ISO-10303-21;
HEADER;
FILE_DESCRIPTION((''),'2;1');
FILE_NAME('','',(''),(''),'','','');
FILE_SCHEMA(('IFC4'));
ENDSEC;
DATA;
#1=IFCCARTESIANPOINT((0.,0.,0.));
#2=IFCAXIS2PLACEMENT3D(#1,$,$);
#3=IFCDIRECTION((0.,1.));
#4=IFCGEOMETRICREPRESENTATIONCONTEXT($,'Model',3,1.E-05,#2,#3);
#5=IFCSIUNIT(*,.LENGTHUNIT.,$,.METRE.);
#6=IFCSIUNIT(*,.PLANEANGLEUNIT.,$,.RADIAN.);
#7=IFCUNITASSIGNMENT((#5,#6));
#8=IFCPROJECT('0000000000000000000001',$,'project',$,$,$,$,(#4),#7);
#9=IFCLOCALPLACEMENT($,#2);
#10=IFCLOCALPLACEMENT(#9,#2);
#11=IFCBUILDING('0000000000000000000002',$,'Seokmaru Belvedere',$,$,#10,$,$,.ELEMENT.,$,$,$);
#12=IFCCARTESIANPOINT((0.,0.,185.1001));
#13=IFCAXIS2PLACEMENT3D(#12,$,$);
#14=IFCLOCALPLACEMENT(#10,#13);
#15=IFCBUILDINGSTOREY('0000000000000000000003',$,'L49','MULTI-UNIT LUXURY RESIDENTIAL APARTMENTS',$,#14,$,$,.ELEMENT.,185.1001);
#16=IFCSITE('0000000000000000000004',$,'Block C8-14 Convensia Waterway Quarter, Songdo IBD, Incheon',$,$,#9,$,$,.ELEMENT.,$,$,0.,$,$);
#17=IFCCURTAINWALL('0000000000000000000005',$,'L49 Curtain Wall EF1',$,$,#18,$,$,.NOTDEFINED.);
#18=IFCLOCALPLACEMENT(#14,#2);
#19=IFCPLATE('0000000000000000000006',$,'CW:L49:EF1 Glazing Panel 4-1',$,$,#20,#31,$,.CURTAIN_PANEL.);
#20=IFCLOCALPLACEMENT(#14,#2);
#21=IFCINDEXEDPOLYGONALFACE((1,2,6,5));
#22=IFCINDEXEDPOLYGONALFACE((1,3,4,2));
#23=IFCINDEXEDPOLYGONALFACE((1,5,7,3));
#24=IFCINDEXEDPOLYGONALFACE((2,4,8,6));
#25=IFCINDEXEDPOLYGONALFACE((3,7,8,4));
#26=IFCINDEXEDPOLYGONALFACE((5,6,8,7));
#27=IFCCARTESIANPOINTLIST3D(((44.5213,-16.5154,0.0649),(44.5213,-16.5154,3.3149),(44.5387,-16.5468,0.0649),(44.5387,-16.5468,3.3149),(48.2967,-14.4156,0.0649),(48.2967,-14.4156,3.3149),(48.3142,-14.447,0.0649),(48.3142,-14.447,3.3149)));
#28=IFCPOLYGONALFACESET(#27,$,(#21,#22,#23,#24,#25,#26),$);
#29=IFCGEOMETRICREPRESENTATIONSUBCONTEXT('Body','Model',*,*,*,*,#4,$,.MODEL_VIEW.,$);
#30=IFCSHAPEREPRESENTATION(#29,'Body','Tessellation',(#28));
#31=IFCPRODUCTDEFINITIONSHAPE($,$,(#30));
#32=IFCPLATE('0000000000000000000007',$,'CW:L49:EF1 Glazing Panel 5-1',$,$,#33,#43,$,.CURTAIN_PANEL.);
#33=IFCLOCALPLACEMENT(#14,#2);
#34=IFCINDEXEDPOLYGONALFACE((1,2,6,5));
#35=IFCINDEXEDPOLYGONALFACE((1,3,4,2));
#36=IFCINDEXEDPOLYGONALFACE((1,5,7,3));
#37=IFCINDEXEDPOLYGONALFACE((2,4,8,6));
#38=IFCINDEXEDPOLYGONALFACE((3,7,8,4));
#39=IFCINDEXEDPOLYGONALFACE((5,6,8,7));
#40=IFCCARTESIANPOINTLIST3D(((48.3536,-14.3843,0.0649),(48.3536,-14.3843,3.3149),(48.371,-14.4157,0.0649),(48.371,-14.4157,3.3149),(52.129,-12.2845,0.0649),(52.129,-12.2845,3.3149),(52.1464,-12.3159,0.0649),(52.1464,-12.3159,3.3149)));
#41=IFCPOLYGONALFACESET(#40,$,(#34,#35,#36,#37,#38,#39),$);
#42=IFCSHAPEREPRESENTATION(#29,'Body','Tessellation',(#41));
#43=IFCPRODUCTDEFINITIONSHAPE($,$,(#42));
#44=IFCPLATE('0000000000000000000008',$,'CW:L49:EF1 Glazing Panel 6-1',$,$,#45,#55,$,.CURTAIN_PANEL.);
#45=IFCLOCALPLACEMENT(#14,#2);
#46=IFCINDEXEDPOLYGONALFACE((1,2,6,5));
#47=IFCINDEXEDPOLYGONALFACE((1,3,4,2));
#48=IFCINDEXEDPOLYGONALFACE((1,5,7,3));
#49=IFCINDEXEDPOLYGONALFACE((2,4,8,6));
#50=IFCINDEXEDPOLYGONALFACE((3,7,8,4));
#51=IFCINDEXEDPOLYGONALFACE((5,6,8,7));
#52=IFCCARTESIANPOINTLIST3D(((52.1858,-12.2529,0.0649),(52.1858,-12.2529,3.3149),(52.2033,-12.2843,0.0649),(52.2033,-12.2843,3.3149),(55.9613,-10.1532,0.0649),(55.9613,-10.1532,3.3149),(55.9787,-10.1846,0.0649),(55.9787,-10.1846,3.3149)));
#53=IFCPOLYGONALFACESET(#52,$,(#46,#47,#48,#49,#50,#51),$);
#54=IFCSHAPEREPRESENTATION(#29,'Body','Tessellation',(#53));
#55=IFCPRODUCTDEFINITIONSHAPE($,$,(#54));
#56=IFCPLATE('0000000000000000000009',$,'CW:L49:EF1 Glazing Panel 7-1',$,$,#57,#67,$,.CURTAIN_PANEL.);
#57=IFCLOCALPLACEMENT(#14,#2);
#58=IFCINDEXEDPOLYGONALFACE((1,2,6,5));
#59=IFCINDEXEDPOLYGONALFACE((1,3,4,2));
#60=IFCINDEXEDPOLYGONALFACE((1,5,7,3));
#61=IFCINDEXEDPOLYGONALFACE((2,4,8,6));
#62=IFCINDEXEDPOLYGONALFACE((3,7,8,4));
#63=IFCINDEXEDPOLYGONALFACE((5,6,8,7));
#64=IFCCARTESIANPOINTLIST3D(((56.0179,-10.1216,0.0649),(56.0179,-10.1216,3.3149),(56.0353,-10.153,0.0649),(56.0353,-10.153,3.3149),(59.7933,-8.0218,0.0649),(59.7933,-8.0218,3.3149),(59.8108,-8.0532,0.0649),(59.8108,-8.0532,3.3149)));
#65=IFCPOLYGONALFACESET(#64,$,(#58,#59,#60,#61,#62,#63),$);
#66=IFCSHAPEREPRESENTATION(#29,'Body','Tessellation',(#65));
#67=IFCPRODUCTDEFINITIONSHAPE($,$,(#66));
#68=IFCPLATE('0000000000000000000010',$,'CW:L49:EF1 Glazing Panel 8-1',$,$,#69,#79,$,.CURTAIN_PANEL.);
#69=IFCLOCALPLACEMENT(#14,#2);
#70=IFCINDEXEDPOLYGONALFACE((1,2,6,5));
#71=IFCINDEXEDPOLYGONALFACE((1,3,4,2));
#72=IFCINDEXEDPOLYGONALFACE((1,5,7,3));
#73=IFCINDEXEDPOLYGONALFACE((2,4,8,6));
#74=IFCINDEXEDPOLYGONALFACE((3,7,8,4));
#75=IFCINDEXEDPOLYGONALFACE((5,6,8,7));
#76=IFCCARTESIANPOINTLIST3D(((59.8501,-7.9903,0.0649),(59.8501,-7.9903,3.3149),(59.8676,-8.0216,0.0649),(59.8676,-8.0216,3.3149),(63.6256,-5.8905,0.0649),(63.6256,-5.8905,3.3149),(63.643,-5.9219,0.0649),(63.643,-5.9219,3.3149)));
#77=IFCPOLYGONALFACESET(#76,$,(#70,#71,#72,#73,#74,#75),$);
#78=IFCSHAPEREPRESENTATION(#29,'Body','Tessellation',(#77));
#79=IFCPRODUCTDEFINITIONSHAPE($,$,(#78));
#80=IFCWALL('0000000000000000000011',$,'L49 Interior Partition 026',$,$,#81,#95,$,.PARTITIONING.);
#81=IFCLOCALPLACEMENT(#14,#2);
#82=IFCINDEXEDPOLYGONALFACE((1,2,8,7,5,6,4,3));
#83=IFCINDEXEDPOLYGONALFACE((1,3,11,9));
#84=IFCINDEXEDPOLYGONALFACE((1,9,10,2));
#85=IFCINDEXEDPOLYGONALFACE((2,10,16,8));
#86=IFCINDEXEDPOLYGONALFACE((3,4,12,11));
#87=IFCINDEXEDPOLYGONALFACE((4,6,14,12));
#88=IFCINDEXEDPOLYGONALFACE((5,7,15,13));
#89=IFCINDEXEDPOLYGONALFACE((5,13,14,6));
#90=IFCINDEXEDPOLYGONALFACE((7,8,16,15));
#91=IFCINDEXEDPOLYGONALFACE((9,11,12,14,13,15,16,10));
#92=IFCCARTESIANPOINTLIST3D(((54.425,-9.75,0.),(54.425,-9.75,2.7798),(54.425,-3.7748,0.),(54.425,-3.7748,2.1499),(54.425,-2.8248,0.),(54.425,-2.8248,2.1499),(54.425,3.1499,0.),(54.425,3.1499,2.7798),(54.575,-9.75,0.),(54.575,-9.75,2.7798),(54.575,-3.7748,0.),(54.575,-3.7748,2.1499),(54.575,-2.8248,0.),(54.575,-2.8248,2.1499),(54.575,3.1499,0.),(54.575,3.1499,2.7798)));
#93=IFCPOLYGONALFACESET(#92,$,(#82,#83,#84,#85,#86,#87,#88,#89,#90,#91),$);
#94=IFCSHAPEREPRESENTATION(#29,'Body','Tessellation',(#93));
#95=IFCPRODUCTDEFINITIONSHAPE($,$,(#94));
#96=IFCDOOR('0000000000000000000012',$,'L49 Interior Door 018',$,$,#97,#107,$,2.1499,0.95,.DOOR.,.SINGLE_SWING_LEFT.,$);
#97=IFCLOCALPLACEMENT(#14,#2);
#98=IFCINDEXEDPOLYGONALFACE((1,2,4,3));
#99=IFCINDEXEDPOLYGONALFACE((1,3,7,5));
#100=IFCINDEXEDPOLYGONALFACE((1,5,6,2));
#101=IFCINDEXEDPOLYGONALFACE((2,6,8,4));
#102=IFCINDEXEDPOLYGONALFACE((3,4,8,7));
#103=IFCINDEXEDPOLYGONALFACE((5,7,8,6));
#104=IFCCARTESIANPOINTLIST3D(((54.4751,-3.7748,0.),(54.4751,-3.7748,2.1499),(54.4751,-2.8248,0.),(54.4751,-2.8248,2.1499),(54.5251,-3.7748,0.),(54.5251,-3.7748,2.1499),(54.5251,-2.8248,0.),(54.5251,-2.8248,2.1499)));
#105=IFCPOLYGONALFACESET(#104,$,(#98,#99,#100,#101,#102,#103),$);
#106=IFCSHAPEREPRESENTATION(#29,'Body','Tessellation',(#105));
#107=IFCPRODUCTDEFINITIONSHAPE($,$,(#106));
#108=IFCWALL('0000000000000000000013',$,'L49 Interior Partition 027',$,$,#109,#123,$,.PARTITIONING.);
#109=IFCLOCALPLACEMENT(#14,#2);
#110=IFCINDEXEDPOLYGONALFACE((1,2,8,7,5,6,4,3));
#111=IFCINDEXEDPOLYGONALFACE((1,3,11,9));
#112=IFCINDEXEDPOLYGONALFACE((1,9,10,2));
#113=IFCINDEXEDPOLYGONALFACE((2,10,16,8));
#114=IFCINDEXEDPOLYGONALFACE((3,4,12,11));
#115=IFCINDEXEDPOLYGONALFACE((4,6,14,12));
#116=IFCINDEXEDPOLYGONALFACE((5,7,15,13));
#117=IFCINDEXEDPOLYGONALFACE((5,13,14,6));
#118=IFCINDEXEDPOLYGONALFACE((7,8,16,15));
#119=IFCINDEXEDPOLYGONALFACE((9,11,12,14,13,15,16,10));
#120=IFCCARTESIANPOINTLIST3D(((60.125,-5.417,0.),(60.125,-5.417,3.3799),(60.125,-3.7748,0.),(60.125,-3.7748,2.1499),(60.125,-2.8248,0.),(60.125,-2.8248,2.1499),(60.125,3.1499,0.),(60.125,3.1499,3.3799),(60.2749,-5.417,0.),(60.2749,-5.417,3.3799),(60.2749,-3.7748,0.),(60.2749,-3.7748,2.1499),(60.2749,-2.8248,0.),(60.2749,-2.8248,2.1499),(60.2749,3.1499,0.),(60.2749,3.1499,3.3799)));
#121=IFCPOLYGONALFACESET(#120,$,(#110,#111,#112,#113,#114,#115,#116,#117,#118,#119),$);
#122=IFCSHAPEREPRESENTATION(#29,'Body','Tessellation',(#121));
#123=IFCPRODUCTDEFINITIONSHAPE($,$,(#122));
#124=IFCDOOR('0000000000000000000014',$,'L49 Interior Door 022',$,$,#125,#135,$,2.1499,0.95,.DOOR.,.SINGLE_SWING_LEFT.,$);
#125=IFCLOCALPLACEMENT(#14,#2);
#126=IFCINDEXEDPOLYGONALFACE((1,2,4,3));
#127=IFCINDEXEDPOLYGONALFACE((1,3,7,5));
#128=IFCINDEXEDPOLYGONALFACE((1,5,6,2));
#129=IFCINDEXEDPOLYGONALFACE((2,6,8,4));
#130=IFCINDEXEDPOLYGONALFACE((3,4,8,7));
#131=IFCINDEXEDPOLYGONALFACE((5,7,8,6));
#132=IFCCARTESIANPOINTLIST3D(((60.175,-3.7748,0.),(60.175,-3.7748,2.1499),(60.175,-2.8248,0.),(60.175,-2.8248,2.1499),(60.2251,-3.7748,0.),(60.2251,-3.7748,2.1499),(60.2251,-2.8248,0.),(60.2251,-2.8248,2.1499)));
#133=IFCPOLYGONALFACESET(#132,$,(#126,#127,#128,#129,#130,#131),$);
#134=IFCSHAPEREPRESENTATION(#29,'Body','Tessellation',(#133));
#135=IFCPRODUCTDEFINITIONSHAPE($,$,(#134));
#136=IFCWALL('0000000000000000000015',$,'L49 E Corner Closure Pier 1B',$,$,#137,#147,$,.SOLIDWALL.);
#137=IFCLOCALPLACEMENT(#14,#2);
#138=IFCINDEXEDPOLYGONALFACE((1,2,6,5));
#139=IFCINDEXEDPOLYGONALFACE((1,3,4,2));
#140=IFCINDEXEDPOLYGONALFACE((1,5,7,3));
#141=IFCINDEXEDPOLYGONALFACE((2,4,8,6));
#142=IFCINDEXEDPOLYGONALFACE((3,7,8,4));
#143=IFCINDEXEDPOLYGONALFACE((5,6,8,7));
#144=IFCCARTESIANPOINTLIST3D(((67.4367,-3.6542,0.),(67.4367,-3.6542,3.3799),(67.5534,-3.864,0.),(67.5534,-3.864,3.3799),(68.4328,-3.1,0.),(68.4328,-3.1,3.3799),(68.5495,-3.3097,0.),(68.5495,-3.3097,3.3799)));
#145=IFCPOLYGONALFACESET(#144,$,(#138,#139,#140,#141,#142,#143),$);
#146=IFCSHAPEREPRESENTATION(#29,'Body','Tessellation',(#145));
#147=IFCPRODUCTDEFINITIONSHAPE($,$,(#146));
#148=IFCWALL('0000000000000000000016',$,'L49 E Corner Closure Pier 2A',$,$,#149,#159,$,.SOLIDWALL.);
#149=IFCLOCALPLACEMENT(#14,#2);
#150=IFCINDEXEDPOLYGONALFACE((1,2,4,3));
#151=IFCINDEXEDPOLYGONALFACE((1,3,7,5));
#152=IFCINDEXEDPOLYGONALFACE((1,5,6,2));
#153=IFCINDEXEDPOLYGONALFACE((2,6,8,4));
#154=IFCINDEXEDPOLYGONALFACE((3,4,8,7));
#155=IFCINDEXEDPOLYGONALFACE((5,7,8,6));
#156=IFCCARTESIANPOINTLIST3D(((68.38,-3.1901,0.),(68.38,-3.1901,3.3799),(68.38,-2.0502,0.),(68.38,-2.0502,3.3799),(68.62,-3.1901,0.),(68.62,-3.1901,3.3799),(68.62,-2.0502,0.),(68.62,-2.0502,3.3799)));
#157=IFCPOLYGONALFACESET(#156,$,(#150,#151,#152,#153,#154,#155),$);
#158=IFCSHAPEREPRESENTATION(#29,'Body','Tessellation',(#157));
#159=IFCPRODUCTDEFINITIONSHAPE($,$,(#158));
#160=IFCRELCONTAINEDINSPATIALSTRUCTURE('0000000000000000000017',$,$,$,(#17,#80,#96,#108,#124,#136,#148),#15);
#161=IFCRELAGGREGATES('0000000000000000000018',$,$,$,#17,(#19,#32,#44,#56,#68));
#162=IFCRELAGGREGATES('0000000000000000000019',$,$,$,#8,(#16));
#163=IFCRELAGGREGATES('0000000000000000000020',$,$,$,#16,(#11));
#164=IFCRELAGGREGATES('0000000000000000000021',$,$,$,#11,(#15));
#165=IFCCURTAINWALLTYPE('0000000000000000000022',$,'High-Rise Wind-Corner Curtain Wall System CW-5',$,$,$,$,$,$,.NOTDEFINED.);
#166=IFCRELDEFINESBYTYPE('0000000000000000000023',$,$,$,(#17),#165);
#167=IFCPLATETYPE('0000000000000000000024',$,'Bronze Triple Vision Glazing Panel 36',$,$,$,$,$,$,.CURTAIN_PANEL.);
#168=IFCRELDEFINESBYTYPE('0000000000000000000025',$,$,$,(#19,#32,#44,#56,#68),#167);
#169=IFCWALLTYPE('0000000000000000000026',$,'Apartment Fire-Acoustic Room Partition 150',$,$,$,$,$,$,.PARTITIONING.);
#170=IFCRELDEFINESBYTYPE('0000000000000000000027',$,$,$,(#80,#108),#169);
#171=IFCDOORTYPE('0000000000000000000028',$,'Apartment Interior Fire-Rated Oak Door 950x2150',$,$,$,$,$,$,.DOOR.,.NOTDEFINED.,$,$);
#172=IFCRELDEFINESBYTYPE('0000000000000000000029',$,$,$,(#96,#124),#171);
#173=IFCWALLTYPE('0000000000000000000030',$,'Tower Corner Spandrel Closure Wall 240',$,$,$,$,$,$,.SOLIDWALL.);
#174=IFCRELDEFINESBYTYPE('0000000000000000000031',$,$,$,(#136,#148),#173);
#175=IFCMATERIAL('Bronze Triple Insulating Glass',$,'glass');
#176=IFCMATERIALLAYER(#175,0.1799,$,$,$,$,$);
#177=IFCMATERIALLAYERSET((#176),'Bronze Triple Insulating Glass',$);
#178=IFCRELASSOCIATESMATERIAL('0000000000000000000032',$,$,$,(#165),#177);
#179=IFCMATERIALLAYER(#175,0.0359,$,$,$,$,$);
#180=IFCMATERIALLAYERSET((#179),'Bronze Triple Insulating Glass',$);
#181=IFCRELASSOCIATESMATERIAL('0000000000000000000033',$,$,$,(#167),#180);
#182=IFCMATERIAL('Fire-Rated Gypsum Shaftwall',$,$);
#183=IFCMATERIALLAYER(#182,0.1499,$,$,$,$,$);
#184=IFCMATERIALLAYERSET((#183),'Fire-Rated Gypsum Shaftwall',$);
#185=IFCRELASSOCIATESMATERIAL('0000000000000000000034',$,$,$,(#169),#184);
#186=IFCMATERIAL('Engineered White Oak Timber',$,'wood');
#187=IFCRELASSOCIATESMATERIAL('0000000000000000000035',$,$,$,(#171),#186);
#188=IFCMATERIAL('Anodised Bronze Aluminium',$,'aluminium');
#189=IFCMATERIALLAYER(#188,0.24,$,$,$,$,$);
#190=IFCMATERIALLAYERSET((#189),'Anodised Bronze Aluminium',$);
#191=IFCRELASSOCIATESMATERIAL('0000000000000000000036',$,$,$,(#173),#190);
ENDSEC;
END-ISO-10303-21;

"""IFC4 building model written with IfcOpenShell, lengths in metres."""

from ifc_helpers import new_model, si_unit, direction, frame, frame_2d, origin, origin_2d, place, context, subcontext, project, spatial, rectangle, extrude, source, transform, mapped, material, layer, layer_set, type_object, type_shapes, element, fill, aggregate, save


model = new_model("IFC4")

# Units and contexts
model_context = context("Model", 3, precision=1e-05, world=origin(), true_north=direction((0.0, 1.0)))
body_context = subcontext(model_context, "Body", "Model", "MODEL_VIEW")
ifc_project = project(units=[si_unit("LENGTHUNIT", "METRE"), si_unit("PLANEANGLEUNIT", "RADIAN")], contexts=[model_context])

# Site, building, storey
site_placement = place(None, origin())
site = spatial("IfcSite", under=ifc_project, at=site_placement, Name="Block C8-14 Convensia Waterway Quarter, Songdo IBD, Incheon", CompositionType="ELEMENT", RefElevation=0.0)
building_placement = place(site_placement, origin())
building = spatial("IfcBuilding", under=site, at=building_placement, Name="Seokmaru Belvedere", CompositionType="ELEMENT")
storey_placement = place(building_placement, frame((0.0, 0.0, 185.1001)))
storey = spatial("IfcBuildingStorey", under=building, at=storey_placement, Name="L49", Description="MULTI-UNIT LUXURY RESIDENTIAL APARTMENTS", CompositionType="ELEMENT", Elevation=185.1001)

# Curtain wall, plates
ifc_material_1 = material(Name="Bronze Triple Insulating Glass", Category="glass")
ifc_layer_1 = layer(ifc_material_1, 0.1799)
ifc_layer_set_1 = layer_set([ifc_layer_1], Name="Bronze Triple Insulating Glass")
curtain_wall_type = type_object("IfcCurtainWallType", Name="High-Rise Wind-Corner Curtain Wall System CW-5", PredefinedType="NOTDEFINED", material=ifc_layer_set_1)
curtain_wall_placement = place(storey_placement, origin())
curtain_wall = element("IfcCurtainWall", 1, at=curtain_wall_placement, inside=storey, type_object=curtain_wall_type, Name="L49 Curtain Wall EF1", PredefinedType="NOTDEFINED")
ifc_material_2 = material(Name="Anodised Bronze Aluminium", Category="aluminium")
ifc_layer_2 = layer(ifc_material_1, 0.0359)
ifc_layer_set_2 = layer_set([ifc_layer_2], Name="Bronze Triple Insulating Glass")
plate_type = type_object("IfcPlateType", Name="Bronze Triple Vision Glazing Panel 36", PredefinedType="CURTAIN_PANEL", material=ifc_layer_set_2)
shared_shape_1 = source(origin(), body_context, "Body", "SweptSolid", [
    extrude(rectangle(XDim=4.3201, YDim=0.0359, at=origin_2d()), origin(), (0.0, 0.0, 1.0), 3.25),
])
plate_1_placement = place(storey_placement, frame((46.4177, -15.4812, 0.0649), z_axis=(0.0, 0.0, 1.0), x_axis=(0.873933, 0.486047, 0.0)))
plate_1 = element("IfcPlate", 2, at=plate_1_placement, type_object=plate_type, Name="CW:L49:EF1 Glazing Panel 4-1", PredefinedType="CURTAIN_PANEL", context=body_context, shape_type="MappedRepresentation", body=[
    mapped(shared_shape_1, transform((0.0, 0.0, 0.0), scale=1.0)),
])
plate_2_placement = place(storey_placement, frame((50.25, -13.3501, 0.0649), z_axis=(0.0, 0.0, 1.0), x_axis=(0.873933, 0.486047, 0.0)))
plate_2 = element("IfcPlate", 3, at=plate_2_placement, type_object=plate_type, Name="CW:L49:EF1 Glazing Panel 5-1", PredefinedType="CURTAIN_PANEL", context=body_context, shape_type="MappedRepresentation", body=[
    mapped(shared_shape_1, transform((0.0, 0.0, 0.0), scale=1.0)),
])
plate_3_placement = place(storey_placement, frame((54.0823, -11.2188, 0.0649), z_axis=(0.0, 0.0, 1.0), x_axis=(0.873933, 0.486047, 0.0)))
plate_3 = element("IfcPlate", 4, at=plate_3_placement, type_object=plate_type, Name="CW:L49:EF1 Glazing Panel 6-1", PredefinedType="CURTAIN_PANEL", context=body_context, shape_type="MappedRepresentation", body=[
    mapped(shared_shape_1, transform((0.0, 0.0, 0.0), scale=1.0)),
])
plate_4_placement = place(storey_placement, frame((57.9143, -9.0874, 0.0649), z_axis=(0.0, 0.0, 1.0), x_axis=(0.873933, 0.486047, 0.0)))
plate_4 = element("IfcPlate", 5, at=plate_4_placement, type_object=plate_type, Name="CW:L49:EF1 Glazing Panel 7-1", PredefinedType="CURTAIN_PANEL", context=body_context, shape_type="MappedRepresentation", body=[
    mapped(shared_shape_1, transform((0.0, 0.0, 0.0), scale=1.0)),
])
plate_5_placement = place(storey_placement, frame((61.7466, -6.9561, 0.0649), z_axis=(0.0, 0.0, 1.0), x_axis=(0.873933, 0.486047, 0.0)))
plate_5 = element("IfcPlate", 6, at=plate_5_placement, type_object=plate_type, Name="CW:L49:EF1 Glazing Panel 8-1", PredefinedType="CURTAIN_PANEL", context=body_context, shape_type="MappedRepresentation", body=[
    mapped(shared_shape_1, transform((0.0, 0.0, 0.0), scale=1.0)),
])
aggregate(curtain_wall, [plate_1, plate_2, plate_3, plate_4, plate_5])

# Walls, openings, doors
ifc_material_3 = material(Name="Fire-Rated Gypsum Shaftwall")
ifc_layer_3 = layer(ifc_material_3, 0.1499)
ifc_layer_set_3 = layer_set([ifc_layer_3], Name="Fire-Rated Gypsum Shaftwall")
wall_type_1 = type_object("IfcWallType", Name="Apartment Fire-Acoustic Room Partition 150", PredefinedType="PARTITIONING", material=ifc_layer_set_3)
wall_1_placement = place(storey_placement, frame((54.5, -9.75, 0.0), z_axis=(0.0, 0.0, 1.0), x_axis=(0.0, 1.0, 0.0)))
wall_1 = element("IfcWall", 7, at=wall_1_placement, inside=storey, type_object=wall_type_1, Name="L49 Interior Partition 026", PredefinedType="PARTITIONING", context=body_context, shape_type="SweptSolid", body=[
    extrude(rectangle(XDim=12.8999, YDim=0.1499, at=frame_2d((6.45, 0.0))), origin(), (0.0, 0.0, 1.0), 2.7798),
])
opening_1_placement = place(wall_1_placement, frame((5.9751, 0.0, 0.0)))
opening_1 = element("IfcOpeningElement", 8, at=opening_1_placement, cuts=wall_1, PredefinedType="OPENING", context=body_context, shape_type="SweptSolid", body=[
    extrude(rectangle(XDim=0.95, YDim=2.1499, at=frame_2d((0.4751, 1.075))), frame((0.0, 0.085, 0.0), z_axis=(0.0, -1.0, 0.0), x_axis=(1.0, 0.0, 0.0)), (0.0, 0.0, 1.0), 0.1699),
])
ifc_material_4 = material(Name="Engineered White Oak Timber", Category="wood")
door_type = type_object("IfcDoorType", Name="Apartment Interior Fire-Rated Oak Door 950x2150", OperationType="NOTDEFINED", PredefinedType="DOOR", material=ifc_material_4)
shared_shape_2 = source(origin(), body_context, "Body", "SweptSolid", [
    extrude(rectangle(XDim=0.95, YDim=2.1499, at=frame_2d((0.4751, 1.075))), frame((0.0, 0.0249, 0.0), z_axis=(0.0, -1.0, 0.0), x_axis=(1.0, 0.0, 0.0)), (0.0, 0.0, 1.0), 0.05),
])
type_shapes(door_type, [shared_shape_2])
door_1_placement = place(opening_1_placement, origin())
door_1 = element("IfcDoor", 9, at=door_1_placement, inside=storey, type_object=door_type, Name="L49 Interior Door 018", OperationType="SINGLE_SWING_LEFT", OverallHeight=2.1499, OverallWidth=0.95, PredefinedType="DOOR", context=body_context, shape_type="MappedRepresentation", body=[
    mapped(shared_shape_2, transform((0.0, 0.0, 0.0), scale=1.0)),
])
fill(opening_1, door_1)
wall_2_placement = place(storey_placement, frame((60.2, -5.417, 0.0), z_axis=(0.0, 0.0, 1.0), x_axis=(0.0, 1.0, 0.0)))
wall_2 = element("IfcWall", 10, at=wall_2_placement, inside=storey, type_object=wall_type_1, Name="L49 Interior Partition 027", PredefinedType="PARTITIONING", context=body_context, shape_type="SweptSolid", body=[
    extrude(rectangle(XDim=8.5669, YDim=0.1499, at=frame_2d((4.2834, 0.0))), origin(), (0.0, 0.0, 1.0), 3.3799),
])
opening_2_placement = place(wall_2_placement, frame((1.6421, 0.0, 0.0)))
opening_2 = element("IfcOpeningElement", 11, at=opening_2_placement, cuts=wall_2, PredefinedType="OPENING", context=body_context, shape_type="SweptSolid", body=[
    extrude(rectangle(XDim=0.95, YDim=2.1499, at=frame_2d((0.4751, 1.075))), frame((0.0, 0.085, 0.0), z_axis=(0.0, -1.0, 0.0), x_axis=(1.0, 0.0, 0.0)), (0.0, 0.0, 1.0), 0.1699),
])
door_2_placement = place(opening_2_placement, origin())
door_2 = element("IfcDoor", 12, at=door_2_placement, inside=storey, type_object=door_type, Name="L49 Interior Door 022", OperationType="SINGLE_SWING_LEFT", OverallHeight=2.1499, OverallWidth=0.95, PredefinedType="DOOR", context=body_context, shape_type="MappedRepresentation", body=[
    mapped(shared_shape_2, transform((0.0, 0.0, 0.0), scale=1.0)),
])
fill(opening_2, door_2)

# Walls
ifc_layer_4 = layer(ifc_material_2, 0.24)
ifc_layer_set_4 = layer_set([ifc_layer_4], Name="Anodised Bronze Aluminium")
wall_type_2 = type_object("IfcWallType", Name="Tower Corner Spandrel Closure Wall 240", PredefinedType="SOLIDWALL", material=ifc_layer_set_4)
for number, where, z_axis, x_axis, name in (
    (13, (67.4951, -3.759, 0.0), (0.0, 0.0, 1.0), (0.873854, 0.486188, 0.0), "L49 E Corner Closure Pier 1B"),
    (14, (68.5, -3.1899, 0.0), (0.0, 0.0, 1.0), (0.0, 1.0, 0.0), "L49 E Corner Closure Pier 2A"),
):
    element("IfcWall", number, at=place(storey_placement, frame(where, z_axis=z_axis, x_axis=x_axis)), inside=storey, type_object=wall_type_2, Name=name, PredefinedType="SOLIDWALL", context=body_context, shape_type="SweptSolid", body=[
        extrude(rectangle(XDim=1.1399, YDim=0.24, at=frame_2d((0.5698, 0.0))), origin(), (0.0, 0.0, 1.0), 3.3799),
    ])

save(model, "model.ifc")
